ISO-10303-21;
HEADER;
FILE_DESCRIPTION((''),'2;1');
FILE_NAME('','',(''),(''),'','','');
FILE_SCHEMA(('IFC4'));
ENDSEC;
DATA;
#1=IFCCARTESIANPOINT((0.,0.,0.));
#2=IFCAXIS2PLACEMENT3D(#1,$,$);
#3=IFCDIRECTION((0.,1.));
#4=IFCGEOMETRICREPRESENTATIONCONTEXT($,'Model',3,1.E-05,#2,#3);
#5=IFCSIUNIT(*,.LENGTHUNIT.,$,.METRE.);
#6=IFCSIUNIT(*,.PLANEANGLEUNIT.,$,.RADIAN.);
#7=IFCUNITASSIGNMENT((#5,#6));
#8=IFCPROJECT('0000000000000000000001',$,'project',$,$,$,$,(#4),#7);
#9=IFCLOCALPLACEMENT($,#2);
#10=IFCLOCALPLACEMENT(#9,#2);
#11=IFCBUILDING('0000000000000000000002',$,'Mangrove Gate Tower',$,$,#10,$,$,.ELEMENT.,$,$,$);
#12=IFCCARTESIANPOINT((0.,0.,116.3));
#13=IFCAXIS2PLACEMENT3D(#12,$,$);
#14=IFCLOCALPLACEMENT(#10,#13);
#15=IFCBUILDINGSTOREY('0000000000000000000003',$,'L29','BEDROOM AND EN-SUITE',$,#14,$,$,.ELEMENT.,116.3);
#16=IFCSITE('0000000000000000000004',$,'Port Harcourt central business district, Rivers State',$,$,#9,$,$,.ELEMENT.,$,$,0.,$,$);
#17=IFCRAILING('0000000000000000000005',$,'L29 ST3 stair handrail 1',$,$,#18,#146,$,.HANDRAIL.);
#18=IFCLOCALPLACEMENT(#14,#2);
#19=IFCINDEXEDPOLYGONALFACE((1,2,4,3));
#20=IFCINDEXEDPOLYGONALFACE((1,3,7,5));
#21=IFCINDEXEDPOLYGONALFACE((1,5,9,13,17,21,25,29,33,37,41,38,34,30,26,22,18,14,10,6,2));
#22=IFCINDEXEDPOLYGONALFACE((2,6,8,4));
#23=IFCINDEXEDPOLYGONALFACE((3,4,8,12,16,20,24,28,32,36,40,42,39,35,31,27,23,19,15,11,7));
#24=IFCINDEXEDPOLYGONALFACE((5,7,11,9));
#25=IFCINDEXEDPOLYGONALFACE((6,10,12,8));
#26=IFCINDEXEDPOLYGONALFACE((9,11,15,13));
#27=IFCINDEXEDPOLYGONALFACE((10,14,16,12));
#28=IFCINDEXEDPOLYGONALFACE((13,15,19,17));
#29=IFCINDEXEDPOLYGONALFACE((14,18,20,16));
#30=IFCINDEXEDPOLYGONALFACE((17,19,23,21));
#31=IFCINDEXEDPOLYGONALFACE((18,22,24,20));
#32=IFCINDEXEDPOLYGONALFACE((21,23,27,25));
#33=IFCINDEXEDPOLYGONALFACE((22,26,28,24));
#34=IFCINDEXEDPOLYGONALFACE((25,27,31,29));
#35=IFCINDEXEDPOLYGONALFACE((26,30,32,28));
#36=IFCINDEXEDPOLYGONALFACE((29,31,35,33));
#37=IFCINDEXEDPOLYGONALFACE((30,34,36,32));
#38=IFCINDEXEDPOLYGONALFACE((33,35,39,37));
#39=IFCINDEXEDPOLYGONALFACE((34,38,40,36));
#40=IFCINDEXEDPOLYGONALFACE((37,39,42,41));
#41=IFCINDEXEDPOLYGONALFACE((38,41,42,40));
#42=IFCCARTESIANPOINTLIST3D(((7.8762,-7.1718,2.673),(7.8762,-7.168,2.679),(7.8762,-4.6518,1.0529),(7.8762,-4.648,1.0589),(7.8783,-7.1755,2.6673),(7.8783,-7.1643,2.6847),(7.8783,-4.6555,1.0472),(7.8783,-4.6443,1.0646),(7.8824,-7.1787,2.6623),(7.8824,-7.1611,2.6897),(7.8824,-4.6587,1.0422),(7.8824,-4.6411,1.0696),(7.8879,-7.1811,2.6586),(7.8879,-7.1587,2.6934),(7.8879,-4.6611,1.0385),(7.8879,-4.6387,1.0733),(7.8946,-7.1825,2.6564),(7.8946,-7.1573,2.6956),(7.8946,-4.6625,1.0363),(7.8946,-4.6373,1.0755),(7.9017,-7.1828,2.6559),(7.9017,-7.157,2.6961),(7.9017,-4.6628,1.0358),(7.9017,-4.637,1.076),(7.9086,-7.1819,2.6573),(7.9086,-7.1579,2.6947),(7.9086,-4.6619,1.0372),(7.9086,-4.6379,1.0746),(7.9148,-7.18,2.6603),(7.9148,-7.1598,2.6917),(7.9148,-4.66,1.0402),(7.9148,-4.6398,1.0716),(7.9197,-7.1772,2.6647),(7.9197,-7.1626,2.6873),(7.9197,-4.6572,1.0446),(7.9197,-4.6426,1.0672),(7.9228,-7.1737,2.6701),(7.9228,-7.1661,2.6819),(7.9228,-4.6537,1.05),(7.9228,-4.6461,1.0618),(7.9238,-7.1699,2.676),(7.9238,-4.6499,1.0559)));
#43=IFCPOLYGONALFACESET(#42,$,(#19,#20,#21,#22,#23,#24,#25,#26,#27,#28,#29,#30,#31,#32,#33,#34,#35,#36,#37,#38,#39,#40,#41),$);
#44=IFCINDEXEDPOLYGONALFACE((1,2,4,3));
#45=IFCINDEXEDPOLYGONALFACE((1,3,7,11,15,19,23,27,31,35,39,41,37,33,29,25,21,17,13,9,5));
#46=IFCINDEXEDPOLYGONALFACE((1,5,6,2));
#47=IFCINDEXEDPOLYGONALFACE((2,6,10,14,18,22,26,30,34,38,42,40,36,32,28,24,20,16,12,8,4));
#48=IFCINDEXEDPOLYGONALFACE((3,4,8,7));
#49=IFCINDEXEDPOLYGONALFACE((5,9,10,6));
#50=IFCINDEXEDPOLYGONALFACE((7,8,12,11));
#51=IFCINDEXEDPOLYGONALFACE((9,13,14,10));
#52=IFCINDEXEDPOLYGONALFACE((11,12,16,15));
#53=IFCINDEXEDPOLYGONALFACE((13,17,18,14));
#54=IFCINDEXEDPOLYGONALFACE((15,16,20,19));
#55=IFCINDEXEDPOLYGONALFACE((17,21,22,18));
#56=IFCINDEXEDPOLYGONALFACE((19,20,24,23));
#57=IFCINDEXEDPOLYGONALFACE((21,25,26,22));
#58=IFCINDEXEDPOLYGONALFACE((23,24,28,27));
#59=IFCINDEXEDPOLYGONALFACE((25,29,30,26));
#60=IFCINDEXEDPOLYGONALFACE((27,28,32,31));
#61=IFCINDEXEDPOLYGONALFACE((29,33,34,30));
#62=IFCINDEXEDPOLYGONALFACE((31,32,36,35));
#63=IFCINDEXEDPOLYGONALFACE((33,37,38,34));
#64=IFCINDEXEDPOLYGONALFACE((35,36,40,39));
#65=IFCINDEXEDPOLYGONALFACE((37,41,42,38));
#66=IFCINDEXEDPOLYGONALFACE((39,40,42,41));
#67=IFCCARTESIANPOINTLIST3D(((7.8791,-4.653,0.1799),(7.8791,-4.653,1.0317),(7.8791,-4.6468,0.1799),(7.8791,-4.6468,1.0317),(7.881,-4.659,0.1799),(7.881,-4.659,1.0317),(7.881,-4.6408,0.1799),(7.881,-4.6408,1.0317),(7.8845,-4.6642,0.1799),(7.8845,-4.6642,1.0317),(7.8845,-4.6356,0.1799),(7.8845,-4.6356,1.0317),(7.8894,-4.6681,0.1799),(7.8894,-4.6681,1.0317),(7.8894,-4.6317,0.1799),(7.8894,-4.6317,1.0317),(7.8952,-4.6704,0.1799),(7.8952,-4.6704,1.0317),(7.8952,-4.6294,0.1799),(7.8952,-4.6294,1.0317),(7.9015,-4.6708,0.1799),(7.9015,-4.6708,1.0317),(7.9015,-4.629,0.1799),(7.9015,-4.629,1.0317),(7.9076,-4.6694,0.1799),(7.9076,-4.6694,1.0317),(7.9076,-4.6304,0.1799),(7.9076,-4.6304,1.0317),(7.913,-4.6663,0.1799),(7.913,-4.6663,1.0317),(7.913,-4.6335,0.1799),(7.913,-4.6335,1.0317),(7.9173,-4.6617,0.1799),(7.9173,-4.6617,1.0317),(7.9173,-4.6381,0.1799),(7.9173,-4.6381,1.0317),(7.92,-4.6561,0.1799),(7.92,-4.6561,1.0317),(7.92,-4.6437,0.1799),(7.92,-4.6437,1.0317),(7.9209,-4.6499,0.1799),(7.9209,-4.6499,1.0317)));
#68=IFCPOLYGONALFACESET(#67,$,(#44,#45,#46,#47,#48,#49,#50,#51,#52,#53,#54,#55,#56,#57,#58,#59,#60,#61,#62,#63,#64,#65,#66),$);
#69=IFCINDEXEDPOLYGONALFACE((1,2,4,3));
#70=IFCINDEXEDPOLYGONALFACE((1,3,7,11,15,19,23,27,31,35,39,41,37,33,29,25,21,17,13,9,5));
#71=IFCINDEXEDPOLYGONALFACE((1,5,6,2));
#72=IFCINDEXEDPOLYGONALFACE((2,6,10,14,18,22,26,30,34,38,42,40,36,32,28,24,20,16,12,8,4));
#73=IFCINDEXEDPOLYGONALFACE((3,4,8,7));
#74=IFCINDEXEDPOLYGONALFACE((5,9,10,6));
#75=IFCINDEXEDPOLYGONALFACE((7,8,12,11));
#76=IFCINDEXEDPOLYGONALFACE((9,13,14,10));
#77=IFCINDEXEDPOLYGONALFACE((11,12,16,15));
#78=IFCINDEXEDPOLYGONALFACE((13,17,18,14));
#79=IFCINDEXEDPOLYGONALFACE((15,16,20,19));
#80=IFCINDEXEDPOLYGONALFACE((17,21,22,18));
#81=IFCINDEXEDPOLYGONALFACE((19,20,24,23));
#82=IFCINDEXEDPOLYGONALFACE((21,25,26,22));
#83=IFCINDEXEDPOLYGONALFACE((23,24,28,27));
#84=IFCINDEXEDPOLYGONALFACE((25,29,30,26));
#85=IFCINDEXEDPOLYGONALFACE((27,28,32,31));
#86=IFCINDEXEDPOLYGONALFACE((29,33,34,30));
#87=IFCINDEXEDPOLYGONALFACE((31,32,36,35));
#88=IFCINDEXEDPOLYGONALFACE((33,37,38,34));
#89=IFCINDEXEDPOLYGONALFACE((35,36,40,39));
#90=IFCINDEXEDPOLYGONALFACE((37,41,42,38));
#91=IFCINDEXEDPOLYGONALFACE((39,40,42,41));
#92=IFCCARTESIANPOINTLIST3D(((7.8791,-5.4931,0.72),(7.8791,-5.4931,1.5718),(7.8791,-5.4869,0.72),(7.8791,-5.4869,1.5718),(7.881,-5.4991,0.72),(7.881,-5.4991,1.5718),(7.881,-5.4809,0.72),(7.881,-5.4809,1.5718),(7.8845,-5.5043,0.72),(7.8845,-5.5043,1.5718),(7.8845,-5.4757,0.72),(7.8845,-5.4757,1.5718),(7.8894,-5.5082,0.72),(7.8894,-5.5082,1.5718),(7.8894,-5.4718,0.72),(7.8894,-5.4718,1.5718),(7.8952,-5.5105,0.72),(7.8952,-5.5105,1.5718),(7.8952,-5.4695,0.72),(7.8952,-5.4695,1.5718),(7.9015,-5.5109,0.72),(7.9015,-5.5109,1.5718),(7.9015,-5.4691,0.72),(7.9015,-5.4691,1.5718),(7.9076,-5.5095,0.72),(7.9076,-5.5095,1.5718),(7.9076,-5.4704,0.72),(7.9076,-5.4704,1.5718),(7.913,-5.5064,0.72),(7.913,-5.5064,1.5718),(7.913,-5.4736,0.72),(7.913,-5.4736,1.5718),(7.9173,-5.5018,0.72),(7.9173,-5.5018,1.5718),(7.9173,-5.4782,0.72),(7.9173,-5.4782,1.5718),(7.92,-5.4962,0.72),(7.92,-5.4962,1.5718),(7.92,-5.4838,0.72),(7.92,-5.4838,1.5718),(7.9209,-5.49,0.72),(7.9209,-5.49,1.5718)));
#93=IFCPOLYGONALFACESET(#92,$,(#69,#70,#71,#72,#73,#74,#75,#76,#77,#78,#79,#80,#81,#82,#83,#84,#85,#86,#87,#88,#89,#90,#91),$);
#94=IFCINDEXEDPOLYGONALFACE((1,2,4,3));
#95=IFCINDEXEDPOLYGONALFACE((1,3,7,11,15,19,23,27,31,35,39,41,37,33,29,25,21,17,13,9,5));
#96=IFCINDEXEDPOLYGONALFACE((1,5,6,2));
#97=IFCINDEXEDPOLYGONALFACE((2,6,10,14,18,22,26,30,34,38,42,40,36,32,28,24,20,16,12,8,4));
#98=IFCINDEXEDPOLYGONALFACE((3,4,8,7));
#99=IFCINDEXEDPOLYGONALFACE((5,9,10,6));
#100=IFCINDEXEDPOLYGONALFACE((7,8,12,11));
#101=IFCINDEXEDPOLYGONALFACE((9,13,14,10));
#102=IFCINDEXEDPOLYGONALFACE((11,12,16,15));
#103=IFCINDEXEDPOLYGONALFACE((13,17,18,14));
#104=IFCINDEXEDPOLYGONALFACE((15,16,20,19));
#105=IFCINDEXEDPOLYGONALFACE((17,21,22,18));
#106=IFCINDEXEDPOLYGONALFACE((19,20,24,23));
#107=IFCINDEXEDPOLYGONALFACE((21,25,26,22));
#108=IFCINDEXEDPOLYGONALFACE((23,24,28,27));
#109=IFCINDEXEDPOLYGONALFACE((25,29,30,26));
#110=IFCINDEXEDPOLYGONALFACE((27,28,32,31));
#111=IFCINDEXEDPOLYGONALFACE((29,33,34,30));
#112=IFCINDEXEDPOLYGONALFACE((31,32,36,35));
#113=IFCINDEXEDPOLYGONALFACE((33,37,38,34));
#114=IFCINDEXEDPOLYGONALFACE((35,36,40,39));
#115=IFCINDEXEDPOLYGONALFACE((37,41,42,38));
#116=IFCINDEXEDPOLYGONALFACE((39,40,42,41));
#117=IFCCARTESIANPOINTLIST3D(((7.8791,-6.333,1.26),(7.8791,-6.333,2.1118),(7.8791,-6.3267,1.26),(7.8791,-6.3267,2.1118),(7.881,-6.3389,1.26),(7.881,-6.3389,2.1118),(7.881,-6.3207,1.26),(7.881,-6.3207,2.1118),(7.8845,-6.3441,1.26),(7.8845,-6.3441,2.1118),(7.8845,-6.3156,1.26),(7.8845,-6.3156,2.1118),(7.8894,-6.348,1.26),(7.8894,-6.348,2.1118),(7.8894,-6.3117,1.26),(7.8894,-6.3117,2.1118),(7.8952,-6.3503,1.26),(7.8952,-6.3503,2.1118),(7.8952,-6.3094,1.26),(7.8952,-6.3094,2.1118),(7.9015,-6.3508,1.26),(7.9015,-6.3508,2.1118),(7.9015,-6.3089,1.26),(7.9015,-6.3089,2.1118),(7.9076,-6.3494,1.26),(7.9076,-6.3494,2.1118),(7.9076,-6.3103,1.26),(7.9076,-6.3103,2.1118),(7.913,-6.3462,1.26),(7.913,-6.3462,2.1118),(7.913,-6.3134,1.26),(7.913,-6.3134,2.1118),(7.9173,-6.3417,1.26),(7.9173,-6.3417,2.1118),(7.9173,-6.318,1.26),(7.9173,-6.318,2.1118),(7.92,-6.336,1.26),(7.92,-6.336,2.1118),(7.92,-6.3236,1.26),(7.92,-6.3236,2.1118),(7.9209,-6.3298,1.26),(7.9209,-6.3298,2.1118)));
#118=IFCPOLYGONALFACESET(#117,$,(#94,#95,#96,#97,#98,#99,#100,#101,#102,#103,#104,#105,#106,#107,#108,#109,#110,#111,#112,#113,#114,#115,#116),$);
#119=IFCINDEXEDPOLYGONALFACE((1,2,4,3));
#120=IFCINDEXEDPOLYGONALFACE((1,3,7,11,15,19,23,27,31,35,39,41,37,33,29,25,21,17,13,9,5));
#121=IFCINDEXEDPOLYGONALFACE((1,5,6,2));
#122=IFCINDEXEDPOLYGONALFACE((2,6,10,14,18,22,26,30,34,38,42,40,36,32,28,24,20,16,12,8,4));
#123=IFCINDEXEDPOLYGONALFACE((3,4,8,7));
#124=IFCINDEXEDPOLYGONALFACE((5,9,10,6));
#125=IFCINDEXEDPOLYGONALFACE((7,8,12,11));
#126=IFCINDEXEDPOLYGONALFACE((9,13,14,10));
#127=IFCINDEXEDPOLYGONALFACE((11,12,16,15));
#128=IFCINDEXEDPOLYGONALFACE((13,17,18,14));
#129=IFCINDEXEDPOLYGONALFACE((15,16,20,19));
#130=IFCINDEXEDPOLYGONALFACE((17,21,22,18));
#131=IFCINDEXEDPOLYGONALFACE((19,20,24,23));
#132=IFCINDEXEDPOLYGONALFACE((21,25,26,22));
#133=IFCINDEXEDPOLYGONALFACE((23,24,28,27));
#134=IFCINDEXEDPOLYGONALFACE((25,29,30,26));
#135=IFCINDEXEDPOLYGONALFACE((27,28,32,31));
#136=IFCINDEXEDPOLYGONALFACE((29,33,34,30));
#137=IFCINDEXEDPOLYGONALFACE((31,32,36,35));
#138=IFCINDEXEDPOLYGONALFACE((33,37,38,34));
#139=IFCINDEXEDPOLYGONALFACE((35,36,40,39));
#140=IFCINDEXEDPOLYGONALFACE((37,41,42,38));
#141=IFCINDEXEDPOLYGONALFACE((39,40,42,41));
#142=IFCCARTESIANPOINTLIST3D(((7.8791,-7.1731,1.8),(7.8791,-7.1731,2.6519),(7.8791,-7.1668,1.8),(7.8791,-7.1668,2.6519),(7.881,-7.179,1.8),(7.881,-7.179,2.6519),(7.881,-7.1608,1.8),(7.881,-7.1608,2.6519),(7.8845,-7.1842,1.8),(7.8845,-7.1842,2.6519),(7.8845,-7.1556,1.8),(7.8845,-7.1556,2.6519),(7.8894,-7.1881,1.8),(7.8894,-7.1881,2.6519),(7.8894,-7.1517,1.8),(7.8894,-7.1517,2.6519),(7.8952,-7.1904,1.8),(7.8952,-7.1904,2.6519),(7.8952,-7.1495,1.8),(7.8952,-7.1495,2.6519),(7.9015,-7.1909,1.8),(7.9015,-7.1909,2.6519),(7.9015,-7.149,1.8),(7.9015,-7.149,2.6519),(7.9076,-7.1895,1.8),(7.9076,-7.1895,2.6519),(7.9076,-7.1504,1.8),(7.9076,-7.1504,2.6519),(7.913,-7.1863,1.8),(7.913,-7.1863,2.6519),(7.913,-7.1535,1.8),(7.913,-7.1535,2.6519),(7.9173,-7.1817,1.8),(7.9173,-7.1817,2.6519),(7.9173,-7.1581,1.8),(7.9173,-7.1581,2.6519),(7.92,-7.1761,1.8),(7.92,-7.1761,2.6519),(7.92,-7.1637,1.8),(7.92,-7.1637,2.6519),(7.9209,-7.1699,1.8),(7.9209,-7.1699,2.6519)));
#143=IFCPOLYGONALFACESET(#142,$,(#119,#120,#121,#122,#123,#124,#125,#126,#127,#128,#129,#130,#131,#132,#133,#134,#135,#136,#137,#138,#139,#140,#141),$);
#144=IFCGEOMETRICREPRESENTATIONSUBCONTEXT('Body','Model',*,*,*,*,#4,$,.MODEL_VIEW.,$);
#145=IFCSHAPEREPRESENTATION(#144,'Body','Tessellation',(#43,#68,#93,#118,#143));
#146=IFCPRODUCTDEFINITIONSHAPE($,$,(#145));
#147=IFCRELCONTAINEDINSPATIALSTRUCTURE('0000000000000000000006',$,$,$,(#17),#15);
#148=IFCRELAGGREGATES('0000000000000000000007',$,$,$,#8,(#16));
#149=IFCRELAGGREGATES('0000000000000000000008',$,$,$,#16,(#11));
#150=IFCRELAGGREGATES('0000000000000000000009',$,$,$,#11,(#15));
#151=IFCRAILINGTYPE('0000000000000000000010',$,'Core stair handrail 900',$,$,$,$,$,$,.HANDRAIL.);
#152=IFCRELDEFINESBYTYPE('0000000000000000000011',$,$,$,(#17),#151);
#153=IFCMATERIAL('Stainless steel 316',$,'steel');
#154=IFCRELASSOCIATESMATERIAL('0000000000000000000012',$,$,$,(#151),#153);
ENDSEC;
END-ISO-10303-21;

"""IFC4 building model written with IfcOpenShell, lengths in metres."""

from ifc_helpers import new_model, si_unit, direction, frame, origin, origin_2d, place, context, subcontext, project, spatial, circle, extrude, material, type_object, element, save


model = new_model("IFC4")

# Units and contexts
model_context = context("Model", 3, precision=1e-05, world=origin(), true_north=direction((0.0, 1.0)))
body_context = subcontext(model_context, "Body", "Model", "MODEL_VIEW")
ifc_project = project(units=[si_unit("LENGTHUNIT", "METRE"), si_unit("PLANEANGLEUNIT", "RADIAN")], contexts=[model_context])

# Site, building, storey
site_placement = place(None, origin())
site = spatial("IfcSite", under=ifc_project, at=site_placement, Name="Port Harcourt central business district, Rivers State", CompositionType="ELEMENT", RefElevation=0.0)
building_placement = place(site_placement, origin())
building = spatial("IfcBuilding", under=site, at=building_placement, Name="Mangrove Gate Tower", CompositionType="ELEMENT")
storey_placement = place(building_placement, frame((0.0, 0.0, 116.3)))
storey = spatial("IfcBuildingStorey", under=building, at=storey_placement, Name="L29", Description="BEDROOM AND EN-SUITE", CompositionType="ELEMENT", Elevation=116.3)

# Railing
ifc_material_1 = material(Name="Stainless steel 316", Category="steel")
railing_type_1 = type_object("IfcRailingType", Name="Core stair handrail 900", PredefinedType="HANDRAIL", material=ifc_material_1)
railing_1_placement = place(storey_placement, frame((7.8999, -4.6499, 0.1799)))
element("IfcRailing", 1, at=railing_1_placement, inside=storey, type_object=railing_type_1, Name="L29 ST3 stair handrail 1", PredefinedType="HANDRAIL", context=body_context, shape_type="SweptSolid", body=[
    extrude(circle(Radius=0.0239, at=origin_2d()), frame((0.0, 0.0, 0.876), z_axis=(0.0, -0.841163, 0.540782), x_axis=(1.0, 0.0, 0.0)), (0.0, 0.0, 1.0), 2.9958),
    extrude(circle(Radius=0.021, at=origin_2d()), origin(), (0.0, 0.0, 1.0), 0.8518),
    extrude(circle(Radius=0.021, at=origin_2d()), frame((0.0, -0.8401, 0.54)), (0.0, 0.0, 1.0), 0.8518),
    extrude(circle(Radius=0.021, at=origin_2d()), frame((0.0, -1.6799, 1.0801)), (0.0, 0.0, 1.0), 0.8518),
    extrude(circle(Radius=0.021, at=origin_2d()), frame((0.0, -2.52, 1.6201)), (0.0, 0.0, 1.0), 0.8518),
])

save(model, "model.ifc")
